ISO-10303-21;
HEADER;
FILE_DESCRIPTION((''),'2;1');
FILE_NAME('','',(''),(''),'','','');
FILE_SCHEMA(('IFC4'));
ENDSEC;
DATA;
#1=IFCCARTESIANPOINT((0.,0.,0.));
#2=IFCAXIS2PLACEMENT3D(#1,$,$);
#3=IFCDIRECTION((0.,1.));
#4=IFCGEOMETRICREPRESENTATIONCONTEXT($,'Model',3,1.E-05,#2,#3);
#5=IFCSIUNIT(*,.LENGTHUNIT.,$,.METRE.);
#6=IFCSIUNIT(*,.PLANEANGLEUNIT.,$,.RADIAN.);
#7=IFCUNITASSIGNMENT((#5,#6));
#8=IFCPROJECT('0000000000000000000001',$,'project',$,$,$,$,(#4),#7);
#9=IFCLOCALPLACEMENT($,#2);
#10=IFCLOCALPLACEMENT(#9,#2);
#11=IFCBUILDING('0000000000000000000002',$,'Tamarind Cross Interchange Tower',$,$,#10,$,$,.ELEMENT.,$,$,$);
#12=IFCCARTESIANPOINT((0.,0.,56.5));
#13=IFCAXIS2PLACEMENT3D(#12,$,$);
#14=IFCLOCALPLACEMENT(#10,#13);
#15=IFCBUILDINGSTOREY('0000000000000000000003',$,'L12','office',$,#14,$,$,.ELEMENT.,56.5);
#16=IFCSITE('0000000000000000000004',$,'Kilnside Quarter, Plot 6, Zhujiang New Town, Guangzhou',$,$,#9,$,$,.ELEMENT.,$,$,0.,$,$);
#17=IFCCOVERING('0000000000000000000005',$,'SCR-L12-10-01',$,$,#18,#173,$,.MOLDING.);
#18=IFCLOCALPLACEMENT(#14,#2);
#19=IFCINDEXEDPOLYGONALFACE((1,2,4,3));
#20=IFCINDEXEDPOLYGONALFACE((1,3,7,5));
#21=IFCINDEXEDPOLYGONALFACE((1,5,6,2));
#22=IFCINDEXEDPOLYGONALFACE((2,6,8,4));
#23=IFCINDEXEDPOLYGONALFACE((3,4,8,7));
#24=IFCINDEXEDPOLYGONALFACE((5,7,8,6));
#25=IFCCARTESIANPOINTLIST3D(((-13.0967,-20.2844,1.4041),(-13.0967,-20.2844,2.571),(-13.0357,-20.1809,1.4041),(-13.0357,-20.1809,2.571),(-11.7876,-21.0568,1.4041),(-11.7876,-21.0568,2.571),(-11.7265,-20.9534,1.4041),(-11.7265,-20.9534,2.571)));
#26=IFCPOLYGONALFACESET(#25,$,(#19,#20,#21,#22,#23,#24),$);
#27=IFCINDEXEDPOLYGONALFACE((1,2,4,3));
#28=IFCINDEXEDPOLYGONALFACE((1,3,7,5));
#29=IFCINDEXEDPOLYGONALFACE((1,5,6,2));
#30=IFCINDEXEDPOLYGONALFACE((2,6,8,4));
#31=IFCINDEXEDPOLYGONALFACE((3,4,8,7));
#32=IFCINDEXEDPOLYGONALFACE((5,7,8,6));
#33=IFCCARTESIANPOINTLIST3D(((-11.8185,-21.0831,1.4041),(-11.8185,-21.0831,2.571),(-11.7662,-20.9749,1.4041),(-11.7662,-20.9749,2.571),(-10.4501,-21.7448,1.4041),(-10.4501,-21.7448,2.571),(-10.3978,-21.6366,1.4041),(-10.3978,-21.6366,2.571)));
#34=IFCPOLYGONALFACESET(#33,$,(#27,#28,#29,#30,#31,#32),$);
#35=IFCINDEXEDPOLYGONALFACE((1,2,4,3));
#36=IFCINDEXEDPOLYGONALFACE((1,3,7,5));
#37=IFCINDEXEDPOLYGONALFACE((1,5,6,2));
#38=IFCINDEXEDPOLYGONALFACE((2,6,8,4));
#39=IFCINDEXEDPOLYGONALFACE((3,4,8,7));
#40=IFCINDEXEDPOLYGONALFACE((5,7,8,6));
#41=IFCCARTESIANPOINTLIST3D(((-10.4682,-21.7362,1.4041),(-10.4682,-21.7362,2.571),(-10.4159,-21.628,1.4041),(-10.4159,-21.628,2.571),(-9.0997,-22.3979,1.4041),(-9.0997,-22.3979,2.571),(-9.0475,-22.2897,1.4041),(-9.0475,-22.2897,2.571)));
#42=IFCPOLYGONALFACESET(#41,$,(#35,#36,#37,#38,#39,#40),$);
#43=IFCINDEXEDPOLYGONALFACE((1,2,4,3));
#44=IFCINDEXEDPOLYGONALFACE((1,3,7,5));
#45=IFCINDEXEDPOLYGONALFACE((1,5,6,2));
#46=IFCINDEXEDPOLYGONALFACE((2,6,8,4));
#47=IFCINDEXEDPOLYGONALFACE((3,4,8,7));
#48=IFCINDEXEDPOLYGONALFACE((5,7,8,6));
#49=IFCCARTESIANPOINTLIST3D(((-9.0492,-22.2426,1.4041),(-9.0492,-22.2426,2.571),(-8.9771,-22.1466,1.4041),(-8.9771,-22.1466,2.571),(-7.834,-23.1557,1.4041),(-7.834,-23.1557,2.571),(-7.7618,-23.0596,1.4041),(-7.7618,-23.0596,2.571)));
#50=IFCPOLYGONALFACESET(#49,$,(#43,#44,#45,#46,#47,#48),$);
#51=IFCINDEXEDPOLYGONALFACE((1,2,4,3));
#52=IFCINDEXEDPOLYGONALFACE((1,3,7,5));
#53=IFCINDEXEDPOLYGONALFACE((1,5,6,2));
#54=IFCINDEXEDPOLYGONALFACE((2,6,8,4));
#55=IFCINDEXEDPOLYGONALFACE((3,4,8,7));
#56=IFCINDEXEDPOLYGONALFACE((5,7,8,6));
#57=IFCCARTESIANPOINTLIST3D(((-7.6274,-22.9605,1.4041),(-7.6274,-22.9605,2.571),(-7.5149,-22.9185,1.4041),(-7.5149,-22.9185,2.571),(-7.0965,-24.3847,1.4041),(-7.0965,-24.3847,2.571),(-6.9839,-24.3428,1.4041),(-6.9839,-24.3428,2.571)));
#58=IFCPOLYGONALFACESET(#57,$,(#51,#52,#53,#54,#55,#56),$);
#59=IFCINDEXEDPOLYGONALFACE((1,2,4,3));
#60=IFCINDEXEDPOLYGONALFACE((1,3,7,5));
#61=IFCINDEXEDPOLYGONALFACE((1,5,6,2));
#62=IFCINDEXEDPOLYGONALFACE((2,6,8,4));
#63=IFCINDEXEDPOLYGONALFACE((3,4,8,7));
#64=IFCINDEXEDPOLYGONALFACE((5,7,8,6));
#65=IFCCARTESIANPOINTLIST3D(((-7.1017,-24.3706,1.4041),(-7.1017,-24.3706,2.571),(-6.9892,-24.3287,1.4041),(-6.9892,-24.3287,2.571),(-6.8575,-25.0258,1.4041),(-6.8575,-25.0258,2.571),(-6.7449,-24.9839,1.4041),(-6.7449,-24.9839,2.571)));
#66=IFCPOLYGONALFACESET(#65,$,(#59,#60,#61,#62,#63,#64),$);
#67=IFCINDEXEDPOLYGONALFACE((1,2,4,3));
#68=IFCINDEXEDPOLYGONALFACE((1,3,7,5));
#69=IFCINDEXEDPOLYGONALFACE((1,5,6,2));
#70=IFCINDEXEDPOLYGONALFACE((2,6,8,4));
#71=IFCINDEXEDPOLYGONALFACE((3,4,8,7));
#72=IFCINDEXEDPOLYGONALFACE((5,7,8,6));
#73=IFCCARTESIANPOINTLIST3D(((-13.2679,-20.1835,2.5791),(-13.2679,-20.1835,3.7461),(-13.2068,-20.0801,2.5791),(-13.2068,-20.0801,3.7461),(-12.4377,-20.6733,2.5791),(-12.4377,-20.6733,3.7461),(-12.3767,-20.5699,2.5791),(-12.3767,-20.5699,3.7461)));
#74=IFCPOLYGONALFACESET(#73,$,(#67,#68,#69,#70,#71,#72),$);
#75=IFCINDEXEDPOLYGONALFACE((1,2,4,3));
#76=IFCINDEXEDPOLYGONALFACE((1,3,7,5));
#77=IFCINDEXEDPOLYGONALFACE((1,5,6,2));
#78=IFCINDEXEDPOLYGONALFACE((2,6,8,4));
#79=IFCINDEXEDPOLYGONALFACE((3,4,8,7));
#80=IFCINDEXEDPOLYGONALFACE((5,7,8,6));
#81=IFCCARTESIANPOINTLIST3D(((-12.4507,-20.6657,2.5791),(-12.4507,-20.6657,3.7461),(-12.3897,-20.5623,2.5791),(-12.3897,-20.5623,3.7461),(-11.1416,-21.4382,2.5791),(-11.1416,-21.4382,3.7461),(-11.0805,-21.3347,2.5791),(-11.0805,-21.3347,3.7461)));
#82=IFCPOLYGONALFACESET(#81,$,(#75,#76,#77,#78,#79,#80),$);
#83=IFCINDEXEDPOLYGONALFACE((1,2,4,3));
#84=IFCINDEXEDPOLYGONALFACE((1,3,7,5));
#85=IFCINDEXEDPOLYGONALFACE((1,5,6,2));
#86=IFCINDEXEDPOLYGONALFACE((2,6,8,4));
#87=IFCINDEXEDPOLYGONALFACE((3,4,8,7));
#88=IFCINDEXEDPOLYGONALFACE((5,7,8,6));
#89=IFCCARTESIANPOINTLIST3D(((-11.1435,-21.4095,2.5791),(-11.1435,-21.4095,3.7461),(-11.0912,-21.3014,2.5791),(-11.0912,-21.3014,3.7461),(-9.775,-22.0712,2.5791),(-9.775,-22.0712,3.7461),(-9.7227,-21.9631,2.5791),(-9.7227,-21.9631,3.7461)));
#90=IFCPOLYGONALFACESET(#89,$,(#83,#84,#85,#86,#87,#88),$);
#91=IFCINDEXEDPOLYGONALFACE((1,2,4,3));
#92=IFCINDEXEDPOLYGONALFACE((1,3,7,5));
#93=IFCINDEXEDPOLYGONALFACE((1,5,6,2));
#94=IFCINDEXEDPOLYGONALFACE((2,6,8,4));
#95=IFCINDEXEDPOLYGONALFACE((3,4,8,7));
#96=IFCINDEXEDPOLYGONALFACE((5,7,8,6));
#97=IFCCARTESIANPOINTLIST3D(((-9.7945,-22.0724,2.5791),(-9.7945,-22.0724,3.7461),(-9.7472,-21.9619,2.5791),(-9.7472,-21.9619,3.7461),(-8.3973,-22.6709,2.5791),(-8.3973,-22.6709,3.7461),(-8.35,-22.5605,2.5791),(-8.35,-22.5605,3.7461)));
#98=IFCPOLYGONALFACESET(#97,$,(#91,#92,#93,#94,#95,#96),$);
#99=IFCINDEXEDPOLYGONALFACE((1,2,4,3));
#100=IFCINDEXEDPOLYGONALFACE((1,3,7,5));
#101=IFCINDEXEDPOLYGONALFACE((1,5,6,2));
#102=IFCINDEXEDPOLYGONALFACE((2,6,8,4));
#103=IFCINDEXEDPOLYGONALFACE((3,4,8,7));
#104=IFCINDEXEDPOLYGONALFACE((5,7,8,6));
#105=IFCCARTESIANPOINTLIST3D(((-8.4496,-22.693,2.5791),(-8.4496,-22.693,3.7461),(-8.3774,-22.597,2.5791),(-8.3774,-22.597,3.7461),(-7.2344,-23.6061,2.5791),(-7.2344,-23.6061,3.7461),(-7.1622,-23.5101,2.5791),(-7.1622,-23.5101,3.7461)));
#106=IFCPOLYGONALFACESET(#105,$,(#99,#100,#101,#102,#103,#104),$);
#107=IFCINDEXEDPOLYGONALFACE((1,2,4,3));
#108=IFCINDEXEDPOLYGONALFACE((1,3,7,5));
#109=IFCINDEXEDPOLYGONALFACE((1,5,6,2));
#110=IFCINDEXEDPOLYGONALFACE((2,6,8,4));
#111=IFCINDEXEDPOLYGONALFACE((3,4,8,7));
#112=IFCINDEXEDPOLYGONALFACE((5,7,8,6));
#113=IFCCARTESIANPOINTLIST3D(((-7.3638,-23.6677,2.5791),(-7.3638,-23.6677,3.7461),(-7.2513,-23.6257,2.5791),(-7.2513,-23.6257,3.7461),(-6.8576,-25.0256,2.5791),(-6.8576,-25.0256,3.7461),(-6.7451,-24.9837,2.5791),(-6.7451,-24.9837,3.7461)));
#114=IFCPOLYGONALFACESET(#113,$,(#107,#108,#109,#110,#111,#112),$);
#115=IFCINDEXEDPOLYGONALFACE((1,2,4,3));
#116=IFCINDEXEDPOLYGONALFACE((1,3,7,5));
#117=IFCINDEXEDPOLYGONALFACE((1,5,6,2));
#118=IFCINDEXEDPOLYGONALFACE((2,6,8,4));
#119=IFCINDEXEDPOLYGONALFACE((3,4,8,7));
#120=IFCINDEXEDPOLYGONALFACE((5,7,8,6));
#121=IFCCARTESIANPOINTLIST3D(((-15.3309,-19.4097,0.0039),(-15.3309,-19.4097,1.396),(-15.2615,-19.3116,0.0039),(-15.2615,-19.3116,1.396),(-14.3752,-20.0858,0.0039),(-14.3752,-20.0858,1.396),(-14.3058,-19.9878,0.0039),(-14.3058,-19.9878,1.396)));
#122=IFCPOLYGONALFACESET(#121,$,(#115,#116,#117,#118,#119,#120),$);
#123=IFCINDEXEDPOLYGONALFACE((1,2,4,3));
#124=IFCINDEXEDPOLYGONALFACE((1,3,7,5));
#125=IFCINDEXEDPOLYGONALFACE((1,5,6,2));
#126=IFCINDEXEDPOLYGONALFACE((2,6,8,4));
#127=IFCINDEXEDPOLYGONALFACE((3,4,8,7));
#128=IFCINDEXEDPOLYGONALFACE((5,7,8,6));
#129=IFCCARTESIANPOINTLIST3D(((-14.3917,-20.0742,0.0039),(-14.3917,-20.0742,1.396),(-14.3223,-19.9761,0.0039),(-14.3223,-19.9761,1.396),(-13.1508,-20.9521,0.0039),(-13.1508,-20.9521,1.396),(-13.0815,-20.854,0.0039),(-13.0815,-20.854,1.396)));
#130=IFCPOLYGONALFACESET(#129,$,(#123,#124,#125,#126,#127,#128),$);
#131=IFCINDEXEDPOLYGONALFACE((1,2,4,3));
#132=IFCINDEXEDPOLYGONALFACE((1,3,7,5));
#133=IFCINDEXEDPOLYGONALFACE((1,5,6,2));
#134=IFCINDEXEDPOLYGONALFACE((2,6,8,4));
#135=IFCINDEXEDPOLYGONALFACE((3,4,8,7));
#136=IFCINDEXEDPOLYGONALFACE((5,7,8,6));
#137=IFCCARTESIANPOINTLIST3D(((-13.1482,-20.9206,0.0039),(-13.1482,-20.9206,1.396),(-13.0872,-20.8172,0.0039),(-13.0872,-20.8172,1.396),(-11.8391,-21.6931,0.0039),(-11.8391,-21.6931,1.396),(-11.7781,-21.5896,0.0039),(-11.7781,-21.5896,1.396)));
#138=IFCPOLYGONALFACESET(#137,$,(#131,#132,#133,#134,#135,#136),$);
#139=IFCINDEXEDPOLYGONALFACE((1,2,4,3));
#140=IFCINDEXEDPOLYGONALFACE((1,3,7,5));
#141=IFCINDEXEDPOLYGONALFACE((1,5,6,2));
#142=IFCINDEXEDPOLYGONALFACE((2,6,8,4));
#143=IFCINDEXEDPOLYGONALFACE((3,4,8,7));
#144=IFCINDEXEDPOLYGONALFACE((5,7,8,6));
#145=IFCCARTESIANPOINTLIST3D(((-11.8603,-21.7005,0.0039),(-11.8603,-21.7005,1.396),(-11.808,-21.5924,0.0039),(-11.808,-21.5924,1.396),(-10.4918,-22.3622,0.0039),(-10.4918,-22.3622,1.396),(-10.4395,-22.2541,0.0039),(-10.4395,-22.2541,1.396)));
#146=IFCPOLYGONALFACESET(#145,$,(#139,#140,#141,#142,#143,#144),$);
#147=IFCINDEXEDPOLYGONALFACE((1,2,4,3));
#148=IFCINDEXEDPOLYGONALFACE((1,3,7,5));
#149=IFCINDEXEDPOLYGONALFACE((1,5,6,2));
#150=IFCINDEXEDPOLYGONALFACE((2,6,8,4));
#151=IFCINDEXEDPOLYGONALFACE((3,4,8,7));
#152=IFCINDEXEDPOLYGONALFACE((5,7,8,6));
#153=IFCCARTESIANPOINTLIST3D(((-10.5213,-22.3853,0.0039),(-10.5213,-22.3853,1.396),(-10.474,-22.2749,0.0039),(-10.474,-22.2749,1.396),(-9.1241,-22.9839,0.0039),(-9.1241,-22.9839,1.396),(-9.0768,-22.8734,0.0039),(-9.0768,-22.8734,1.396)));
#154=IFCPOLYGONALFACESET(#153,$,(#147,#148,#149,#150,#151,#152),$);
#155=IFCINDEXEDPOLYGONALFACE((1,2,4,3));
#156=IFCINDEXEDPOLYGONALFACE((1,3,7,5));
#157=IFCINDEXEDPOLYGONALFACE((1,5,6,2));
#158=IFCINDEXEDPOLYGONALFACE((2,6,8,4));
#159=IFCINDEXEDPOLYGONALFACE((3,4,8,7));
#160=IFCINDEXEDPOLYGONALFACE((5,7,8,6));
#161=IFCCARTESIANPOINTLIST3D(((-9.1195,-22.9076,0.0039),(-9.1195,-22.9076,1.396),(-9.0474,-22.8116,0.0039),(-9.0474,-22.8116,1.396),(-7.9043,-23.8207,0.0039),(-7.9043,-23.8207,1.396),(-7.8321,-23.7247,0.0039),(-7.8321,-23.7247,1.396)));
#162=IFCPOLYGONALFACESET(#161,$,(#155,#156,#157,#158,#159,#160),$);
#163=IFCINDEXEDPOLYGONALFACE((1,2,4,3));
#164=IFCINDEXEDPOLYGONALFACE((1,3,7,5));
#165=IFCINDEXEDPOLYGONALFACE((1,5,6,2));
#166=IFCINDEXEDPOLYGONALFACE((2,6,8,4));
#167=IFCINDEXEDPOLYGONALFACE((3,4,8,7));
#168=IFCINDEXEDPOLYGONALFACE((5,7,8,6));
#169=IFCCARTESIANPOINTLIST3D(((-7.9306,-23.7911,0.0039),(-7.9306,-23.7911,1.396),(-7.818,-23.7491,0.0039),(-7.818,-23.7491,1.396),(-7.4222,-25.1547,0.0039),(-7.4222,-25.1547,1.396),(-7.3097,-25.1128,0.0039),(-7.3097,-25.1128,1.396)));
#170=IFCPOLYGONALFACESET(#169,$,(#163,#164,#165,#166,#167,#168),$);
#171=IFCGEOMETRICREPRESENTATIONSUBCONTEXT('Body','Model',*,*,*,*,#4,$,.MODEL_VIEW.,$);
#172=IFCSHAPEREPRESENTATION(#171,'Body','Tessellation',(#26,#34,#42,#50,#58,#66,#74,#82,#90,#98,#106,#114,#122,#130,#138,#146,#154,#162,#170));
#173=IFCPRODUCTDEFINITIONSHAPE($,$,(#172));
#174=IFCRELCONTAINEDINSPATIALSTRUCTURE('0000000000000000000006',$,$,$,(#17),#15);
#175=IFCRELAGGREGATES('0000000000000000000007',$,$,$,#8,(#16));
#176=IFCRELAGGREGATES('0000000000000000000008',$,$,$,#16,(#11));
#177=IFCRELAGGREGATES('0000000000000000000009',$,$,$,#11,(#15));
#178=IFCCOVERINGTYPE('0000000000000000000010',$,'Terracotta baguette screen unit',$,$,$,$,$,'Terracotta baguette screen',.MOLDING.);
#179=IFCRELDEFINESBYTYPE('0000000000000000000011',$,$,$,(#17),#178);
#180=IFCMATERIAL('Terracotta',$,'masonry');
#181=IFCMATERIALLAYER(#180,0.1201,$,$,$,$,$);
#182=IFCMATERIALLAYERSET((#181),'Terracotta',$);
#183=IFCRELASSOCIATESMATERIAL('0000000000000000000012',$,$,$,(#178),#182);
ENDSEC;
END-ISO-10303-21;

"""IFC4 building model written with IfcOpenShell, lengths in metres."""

from ifc_helpers import new_model, si_unit, direction, frame, origin, origin_2d, place, context, subcontext, project, spatial, rectangle, extrude, material, layer, layer_set, type_object, element, save


model = new_model("IFC4")

# Units and contexts
model_context = context("Model", 3, precision=1e-05, world=origin(), true_north=direction((0.0, 1.0)))
body_context = subcontext(model_context, "Body", "Model", "MODEL_VIEW")
ifc_project = project(units=[si_unit("LENGTHUNIT", "METRE"), si_unit("PLANEANGLEUNIT", "RADIAN")], contexts=[model_context])

# Site, building, storey
site_placement = place(None, origin())
site = spatial("IfcSite", under=ifc_project, at=site_placement, Name="Kilnside Quarter, Plot 6, Zhujiang New Town, Guangzhou", CompositionType="ELEMENT", RefElevation=0.0)
building_placement = place(site_placement, origin())
building = spatial("IfcBuilding", under=site, at=building_placement, Name="Tamarind Cross Interchange Tower", CompositionType="ELEMENT")
storey_placement = place(building_placement, frame((0.0, 0.0, 56.5)))
storey = spatial("IfcBuildingStorey", under=building, at=storey_placement, Name="L12", Description="office", CompositionType="ELEMENT", Elevation=56.5)

# Covering
ifc_material_1 = material(Name="Terracotta", Category="masonry")
ifc_layer_1 = layer(ifc_material_1, 0.1201)
ifc_layer_set_1 = layer_set([ifc_layer_1], Name="Terracotta")
covering_type = type_object("IfcCoveringType", Name="Terracotta baguette screen unit", ElementType="Terracotta baguette screen", PredefinedType="MOLDING", material=ifc_layer_set_1)
covering_1_placement = place(storey_placement, origin())
element("IfcCovering", 1, at=covering_1_placement, inside=storey, type_object=covering_type, Name="SCR-L12-10-01", PredefinedType="MOLDING", context=body_context, shape_type="SweptSolid", body=[
    extrude(rectangle(XDim=1.52, YDim=0.1201, at=origin_2d()), frame((-12.4116, -20.6189, 1.4041), z_axis=(0.0, 0.0, 1.0), x_axis=(0.861249, -0.508183, 0.0)), (0.0, 0.0, 1.0), 1.167),
    extrude(rectangle(XDim=1.52, YDim=0.1201, at=origin_2d()), frame((-11.1082, -21.3599, 1.4041), z_axis=(0.0, 0.0, 1.0), x_axis=(0.900273, -0.435326, 0.0)), (0.0, 0.0, 1.0), 1.167),
    extrude(rectangle(XDim=1.52, YDim=0.1201, at=origin_2d()), frame((-9.7578, -22.0129, 1.4041), z_axis=(0.0, 0.0, 1.0), x_axis=(0.900273, -0.435326, 0.0)), (0.0, 0.0, 1.0), 1.167),
    extrude(rectangle(XDim=1.52, YDim=0.1201, at=origin_2d()), frame((-8.4055, -22.6511, 1.4041), z_axis=(0.0, 0.0, 1.0), x_axis=(0.799479, -0.600694, 0.0)), (0.0, 0.0, 1.0), 1.167),
    extrude(rectangle(XDim=1.52, YDim=0.1201, at=origin_2d()), frame((-7.3057, -23.6516, 1.4041), z_axis=(0.0, 0.0, 1.0), x_axis=(0.349297, -0.937012, 0.0)), (0.0, 0.0, 1.0), 1.167),
    extrude(rectangle(XDim=0.6992, YDim=0.1201, at=origin_2d()), frame((-6.9233, -24.6772, 1.4041), z_axis=(0.0, 0.0, 1.0), x_axis=(0.349297, -0.937012, 0.0)), (0.0, 0.0, 1.0), 1.167),
    extrude(rectangle(XDim=0.9639, YDim=0.1201, at=origin_2d()), frame((-12.8223, -20.3767, 2.5791), z_axis=(0.0, 0.0, 1.0), x_axis=(0.861249, -0.508183, 0.0)), (0.0, 0.0, 1.0), 1.167),
    extrude(rectangle(XDim=1.52, YDim=0.1201, at=origin_2d()), frame((-11.7656, -21.0002, 2.5791), z_axis=(0.0, 0.0, 1.0), x_axis=(0.861249, -0.508183, 0.0)), (0.0, 0.0, 1.0), 1.167),
    extrude(rectangle(XDim=1.52, YDim=0.1201, at=origin_2d()), frame((-10.4331, -21.6863, 2.5791), z_axis=(0.0, 0.0, 1.0), x_axis=(0.900273, -0.435326, 0.0)), (0.0, 0.0, 1.0), 1.167),
    extrude(rectangle(XDim=1.52, YDim=0.1201, at=origin_2d()), frame((-9.0723, -22.3164, 2.5791), z_axis=(0.0, 0.0, 1.0), x_axis=(0.919218, -0.393749, 0.0)), (0.0, 0.0, 1.0), 1.167),
    extrude(rectangle(XDim=1.52, YDim=0.1201, at=origin_2d()), frame((-7.8059, -23.1016, 2.5791), z_axis=(0.0, 0.0, 1.0), x_axis=(0.799479, -0.600694, 0.0)), (0.0, 0.0, 1.0), 1.167),
    extrude(rectangle(XDim=1.4492, YDim=0.1201, at=origin_2d()), frame((-7.0544, -24.3257, 2.5791), z_axis=(0.0, 0.0, 1.0), x_axis=(0.349297, -0.937012, 0.0)), (0.0, 0.0, 1.0), 1.167),
    extrude(rectangle(XDim=1.1707, YDim=0.1201, at=origin_2d()), frame((-14.8184, -19.6987, 0.0039), z_axis=(0.0, 0.0, 1.0), x_axis=(0.816342, -0.577569, 0.0)), (0.0, 0.0, 1.0), 1.3921),
    extrude(rectangle(XDim=1.52, YDim=0.1201, at=origin_2d()), frame((-13.7366, -20.4641, 0.0039), z_axis=(0.0, 0.0, 1.0), x_axis=(0.816342, -0.577569, 0.0)), (0.0, 0.0, 1.0), 1.3921),
    extrude(rectangle(XDim=1.52, YDim=0.1201, at=origin_2d()), frame((-12.4631, -21.2551, 0.0039), z_axis=(0.0, 0.0, 1.0), x_axis=(0.861249, -0.508183, 0.0)), (0.0, 0.0, 1.0), 1.3921),
    extrude(rectangle(XDim=1.52, YDim=0.1201, at=origin_2d()), frame((-11.1499, -21.9773, 0.0039), z_axis=(0.0, 0.0, 1.0), x_axis=(0.900273, -0.435326, 0.0)), (0.0, 0.0, 1.0), 1.3921),
    extrude(rectangle(XDim=1.52, YDim=0.1201, at=origin_2d()), frame((-9.7991, -22.6294, 0.0039), z_axis=(0.0, 0.0, 1.0), x_axis=(0.919218, -0.393749, 0.0)), (0.0, 0.0, 1.0), 1.3921),
    extrude(rectangle(XDim=1.52, YDim=0.1201, at=origin_2d()), frame((-8.4758, -23.3162, 0.0039), z_axis=(0.0, 0.0, 1.0), x_axis=(0.799479, -0.600694, 0.0)), (0.0, 0.0, 1.0), 1.3921),
    extrude(rectangle(XDim=1.4553, YDim=0.1201, at=origin_2d()), frame((-7.6201, -24.4519, 0.0039), z_axis=(0.0, 0.0, 1.0), x_axis=(0.349297, -0.937012, 0.0)), (0.0, 0.0, 1.0), 1.3921),
])

save(model, "model.ifc")
